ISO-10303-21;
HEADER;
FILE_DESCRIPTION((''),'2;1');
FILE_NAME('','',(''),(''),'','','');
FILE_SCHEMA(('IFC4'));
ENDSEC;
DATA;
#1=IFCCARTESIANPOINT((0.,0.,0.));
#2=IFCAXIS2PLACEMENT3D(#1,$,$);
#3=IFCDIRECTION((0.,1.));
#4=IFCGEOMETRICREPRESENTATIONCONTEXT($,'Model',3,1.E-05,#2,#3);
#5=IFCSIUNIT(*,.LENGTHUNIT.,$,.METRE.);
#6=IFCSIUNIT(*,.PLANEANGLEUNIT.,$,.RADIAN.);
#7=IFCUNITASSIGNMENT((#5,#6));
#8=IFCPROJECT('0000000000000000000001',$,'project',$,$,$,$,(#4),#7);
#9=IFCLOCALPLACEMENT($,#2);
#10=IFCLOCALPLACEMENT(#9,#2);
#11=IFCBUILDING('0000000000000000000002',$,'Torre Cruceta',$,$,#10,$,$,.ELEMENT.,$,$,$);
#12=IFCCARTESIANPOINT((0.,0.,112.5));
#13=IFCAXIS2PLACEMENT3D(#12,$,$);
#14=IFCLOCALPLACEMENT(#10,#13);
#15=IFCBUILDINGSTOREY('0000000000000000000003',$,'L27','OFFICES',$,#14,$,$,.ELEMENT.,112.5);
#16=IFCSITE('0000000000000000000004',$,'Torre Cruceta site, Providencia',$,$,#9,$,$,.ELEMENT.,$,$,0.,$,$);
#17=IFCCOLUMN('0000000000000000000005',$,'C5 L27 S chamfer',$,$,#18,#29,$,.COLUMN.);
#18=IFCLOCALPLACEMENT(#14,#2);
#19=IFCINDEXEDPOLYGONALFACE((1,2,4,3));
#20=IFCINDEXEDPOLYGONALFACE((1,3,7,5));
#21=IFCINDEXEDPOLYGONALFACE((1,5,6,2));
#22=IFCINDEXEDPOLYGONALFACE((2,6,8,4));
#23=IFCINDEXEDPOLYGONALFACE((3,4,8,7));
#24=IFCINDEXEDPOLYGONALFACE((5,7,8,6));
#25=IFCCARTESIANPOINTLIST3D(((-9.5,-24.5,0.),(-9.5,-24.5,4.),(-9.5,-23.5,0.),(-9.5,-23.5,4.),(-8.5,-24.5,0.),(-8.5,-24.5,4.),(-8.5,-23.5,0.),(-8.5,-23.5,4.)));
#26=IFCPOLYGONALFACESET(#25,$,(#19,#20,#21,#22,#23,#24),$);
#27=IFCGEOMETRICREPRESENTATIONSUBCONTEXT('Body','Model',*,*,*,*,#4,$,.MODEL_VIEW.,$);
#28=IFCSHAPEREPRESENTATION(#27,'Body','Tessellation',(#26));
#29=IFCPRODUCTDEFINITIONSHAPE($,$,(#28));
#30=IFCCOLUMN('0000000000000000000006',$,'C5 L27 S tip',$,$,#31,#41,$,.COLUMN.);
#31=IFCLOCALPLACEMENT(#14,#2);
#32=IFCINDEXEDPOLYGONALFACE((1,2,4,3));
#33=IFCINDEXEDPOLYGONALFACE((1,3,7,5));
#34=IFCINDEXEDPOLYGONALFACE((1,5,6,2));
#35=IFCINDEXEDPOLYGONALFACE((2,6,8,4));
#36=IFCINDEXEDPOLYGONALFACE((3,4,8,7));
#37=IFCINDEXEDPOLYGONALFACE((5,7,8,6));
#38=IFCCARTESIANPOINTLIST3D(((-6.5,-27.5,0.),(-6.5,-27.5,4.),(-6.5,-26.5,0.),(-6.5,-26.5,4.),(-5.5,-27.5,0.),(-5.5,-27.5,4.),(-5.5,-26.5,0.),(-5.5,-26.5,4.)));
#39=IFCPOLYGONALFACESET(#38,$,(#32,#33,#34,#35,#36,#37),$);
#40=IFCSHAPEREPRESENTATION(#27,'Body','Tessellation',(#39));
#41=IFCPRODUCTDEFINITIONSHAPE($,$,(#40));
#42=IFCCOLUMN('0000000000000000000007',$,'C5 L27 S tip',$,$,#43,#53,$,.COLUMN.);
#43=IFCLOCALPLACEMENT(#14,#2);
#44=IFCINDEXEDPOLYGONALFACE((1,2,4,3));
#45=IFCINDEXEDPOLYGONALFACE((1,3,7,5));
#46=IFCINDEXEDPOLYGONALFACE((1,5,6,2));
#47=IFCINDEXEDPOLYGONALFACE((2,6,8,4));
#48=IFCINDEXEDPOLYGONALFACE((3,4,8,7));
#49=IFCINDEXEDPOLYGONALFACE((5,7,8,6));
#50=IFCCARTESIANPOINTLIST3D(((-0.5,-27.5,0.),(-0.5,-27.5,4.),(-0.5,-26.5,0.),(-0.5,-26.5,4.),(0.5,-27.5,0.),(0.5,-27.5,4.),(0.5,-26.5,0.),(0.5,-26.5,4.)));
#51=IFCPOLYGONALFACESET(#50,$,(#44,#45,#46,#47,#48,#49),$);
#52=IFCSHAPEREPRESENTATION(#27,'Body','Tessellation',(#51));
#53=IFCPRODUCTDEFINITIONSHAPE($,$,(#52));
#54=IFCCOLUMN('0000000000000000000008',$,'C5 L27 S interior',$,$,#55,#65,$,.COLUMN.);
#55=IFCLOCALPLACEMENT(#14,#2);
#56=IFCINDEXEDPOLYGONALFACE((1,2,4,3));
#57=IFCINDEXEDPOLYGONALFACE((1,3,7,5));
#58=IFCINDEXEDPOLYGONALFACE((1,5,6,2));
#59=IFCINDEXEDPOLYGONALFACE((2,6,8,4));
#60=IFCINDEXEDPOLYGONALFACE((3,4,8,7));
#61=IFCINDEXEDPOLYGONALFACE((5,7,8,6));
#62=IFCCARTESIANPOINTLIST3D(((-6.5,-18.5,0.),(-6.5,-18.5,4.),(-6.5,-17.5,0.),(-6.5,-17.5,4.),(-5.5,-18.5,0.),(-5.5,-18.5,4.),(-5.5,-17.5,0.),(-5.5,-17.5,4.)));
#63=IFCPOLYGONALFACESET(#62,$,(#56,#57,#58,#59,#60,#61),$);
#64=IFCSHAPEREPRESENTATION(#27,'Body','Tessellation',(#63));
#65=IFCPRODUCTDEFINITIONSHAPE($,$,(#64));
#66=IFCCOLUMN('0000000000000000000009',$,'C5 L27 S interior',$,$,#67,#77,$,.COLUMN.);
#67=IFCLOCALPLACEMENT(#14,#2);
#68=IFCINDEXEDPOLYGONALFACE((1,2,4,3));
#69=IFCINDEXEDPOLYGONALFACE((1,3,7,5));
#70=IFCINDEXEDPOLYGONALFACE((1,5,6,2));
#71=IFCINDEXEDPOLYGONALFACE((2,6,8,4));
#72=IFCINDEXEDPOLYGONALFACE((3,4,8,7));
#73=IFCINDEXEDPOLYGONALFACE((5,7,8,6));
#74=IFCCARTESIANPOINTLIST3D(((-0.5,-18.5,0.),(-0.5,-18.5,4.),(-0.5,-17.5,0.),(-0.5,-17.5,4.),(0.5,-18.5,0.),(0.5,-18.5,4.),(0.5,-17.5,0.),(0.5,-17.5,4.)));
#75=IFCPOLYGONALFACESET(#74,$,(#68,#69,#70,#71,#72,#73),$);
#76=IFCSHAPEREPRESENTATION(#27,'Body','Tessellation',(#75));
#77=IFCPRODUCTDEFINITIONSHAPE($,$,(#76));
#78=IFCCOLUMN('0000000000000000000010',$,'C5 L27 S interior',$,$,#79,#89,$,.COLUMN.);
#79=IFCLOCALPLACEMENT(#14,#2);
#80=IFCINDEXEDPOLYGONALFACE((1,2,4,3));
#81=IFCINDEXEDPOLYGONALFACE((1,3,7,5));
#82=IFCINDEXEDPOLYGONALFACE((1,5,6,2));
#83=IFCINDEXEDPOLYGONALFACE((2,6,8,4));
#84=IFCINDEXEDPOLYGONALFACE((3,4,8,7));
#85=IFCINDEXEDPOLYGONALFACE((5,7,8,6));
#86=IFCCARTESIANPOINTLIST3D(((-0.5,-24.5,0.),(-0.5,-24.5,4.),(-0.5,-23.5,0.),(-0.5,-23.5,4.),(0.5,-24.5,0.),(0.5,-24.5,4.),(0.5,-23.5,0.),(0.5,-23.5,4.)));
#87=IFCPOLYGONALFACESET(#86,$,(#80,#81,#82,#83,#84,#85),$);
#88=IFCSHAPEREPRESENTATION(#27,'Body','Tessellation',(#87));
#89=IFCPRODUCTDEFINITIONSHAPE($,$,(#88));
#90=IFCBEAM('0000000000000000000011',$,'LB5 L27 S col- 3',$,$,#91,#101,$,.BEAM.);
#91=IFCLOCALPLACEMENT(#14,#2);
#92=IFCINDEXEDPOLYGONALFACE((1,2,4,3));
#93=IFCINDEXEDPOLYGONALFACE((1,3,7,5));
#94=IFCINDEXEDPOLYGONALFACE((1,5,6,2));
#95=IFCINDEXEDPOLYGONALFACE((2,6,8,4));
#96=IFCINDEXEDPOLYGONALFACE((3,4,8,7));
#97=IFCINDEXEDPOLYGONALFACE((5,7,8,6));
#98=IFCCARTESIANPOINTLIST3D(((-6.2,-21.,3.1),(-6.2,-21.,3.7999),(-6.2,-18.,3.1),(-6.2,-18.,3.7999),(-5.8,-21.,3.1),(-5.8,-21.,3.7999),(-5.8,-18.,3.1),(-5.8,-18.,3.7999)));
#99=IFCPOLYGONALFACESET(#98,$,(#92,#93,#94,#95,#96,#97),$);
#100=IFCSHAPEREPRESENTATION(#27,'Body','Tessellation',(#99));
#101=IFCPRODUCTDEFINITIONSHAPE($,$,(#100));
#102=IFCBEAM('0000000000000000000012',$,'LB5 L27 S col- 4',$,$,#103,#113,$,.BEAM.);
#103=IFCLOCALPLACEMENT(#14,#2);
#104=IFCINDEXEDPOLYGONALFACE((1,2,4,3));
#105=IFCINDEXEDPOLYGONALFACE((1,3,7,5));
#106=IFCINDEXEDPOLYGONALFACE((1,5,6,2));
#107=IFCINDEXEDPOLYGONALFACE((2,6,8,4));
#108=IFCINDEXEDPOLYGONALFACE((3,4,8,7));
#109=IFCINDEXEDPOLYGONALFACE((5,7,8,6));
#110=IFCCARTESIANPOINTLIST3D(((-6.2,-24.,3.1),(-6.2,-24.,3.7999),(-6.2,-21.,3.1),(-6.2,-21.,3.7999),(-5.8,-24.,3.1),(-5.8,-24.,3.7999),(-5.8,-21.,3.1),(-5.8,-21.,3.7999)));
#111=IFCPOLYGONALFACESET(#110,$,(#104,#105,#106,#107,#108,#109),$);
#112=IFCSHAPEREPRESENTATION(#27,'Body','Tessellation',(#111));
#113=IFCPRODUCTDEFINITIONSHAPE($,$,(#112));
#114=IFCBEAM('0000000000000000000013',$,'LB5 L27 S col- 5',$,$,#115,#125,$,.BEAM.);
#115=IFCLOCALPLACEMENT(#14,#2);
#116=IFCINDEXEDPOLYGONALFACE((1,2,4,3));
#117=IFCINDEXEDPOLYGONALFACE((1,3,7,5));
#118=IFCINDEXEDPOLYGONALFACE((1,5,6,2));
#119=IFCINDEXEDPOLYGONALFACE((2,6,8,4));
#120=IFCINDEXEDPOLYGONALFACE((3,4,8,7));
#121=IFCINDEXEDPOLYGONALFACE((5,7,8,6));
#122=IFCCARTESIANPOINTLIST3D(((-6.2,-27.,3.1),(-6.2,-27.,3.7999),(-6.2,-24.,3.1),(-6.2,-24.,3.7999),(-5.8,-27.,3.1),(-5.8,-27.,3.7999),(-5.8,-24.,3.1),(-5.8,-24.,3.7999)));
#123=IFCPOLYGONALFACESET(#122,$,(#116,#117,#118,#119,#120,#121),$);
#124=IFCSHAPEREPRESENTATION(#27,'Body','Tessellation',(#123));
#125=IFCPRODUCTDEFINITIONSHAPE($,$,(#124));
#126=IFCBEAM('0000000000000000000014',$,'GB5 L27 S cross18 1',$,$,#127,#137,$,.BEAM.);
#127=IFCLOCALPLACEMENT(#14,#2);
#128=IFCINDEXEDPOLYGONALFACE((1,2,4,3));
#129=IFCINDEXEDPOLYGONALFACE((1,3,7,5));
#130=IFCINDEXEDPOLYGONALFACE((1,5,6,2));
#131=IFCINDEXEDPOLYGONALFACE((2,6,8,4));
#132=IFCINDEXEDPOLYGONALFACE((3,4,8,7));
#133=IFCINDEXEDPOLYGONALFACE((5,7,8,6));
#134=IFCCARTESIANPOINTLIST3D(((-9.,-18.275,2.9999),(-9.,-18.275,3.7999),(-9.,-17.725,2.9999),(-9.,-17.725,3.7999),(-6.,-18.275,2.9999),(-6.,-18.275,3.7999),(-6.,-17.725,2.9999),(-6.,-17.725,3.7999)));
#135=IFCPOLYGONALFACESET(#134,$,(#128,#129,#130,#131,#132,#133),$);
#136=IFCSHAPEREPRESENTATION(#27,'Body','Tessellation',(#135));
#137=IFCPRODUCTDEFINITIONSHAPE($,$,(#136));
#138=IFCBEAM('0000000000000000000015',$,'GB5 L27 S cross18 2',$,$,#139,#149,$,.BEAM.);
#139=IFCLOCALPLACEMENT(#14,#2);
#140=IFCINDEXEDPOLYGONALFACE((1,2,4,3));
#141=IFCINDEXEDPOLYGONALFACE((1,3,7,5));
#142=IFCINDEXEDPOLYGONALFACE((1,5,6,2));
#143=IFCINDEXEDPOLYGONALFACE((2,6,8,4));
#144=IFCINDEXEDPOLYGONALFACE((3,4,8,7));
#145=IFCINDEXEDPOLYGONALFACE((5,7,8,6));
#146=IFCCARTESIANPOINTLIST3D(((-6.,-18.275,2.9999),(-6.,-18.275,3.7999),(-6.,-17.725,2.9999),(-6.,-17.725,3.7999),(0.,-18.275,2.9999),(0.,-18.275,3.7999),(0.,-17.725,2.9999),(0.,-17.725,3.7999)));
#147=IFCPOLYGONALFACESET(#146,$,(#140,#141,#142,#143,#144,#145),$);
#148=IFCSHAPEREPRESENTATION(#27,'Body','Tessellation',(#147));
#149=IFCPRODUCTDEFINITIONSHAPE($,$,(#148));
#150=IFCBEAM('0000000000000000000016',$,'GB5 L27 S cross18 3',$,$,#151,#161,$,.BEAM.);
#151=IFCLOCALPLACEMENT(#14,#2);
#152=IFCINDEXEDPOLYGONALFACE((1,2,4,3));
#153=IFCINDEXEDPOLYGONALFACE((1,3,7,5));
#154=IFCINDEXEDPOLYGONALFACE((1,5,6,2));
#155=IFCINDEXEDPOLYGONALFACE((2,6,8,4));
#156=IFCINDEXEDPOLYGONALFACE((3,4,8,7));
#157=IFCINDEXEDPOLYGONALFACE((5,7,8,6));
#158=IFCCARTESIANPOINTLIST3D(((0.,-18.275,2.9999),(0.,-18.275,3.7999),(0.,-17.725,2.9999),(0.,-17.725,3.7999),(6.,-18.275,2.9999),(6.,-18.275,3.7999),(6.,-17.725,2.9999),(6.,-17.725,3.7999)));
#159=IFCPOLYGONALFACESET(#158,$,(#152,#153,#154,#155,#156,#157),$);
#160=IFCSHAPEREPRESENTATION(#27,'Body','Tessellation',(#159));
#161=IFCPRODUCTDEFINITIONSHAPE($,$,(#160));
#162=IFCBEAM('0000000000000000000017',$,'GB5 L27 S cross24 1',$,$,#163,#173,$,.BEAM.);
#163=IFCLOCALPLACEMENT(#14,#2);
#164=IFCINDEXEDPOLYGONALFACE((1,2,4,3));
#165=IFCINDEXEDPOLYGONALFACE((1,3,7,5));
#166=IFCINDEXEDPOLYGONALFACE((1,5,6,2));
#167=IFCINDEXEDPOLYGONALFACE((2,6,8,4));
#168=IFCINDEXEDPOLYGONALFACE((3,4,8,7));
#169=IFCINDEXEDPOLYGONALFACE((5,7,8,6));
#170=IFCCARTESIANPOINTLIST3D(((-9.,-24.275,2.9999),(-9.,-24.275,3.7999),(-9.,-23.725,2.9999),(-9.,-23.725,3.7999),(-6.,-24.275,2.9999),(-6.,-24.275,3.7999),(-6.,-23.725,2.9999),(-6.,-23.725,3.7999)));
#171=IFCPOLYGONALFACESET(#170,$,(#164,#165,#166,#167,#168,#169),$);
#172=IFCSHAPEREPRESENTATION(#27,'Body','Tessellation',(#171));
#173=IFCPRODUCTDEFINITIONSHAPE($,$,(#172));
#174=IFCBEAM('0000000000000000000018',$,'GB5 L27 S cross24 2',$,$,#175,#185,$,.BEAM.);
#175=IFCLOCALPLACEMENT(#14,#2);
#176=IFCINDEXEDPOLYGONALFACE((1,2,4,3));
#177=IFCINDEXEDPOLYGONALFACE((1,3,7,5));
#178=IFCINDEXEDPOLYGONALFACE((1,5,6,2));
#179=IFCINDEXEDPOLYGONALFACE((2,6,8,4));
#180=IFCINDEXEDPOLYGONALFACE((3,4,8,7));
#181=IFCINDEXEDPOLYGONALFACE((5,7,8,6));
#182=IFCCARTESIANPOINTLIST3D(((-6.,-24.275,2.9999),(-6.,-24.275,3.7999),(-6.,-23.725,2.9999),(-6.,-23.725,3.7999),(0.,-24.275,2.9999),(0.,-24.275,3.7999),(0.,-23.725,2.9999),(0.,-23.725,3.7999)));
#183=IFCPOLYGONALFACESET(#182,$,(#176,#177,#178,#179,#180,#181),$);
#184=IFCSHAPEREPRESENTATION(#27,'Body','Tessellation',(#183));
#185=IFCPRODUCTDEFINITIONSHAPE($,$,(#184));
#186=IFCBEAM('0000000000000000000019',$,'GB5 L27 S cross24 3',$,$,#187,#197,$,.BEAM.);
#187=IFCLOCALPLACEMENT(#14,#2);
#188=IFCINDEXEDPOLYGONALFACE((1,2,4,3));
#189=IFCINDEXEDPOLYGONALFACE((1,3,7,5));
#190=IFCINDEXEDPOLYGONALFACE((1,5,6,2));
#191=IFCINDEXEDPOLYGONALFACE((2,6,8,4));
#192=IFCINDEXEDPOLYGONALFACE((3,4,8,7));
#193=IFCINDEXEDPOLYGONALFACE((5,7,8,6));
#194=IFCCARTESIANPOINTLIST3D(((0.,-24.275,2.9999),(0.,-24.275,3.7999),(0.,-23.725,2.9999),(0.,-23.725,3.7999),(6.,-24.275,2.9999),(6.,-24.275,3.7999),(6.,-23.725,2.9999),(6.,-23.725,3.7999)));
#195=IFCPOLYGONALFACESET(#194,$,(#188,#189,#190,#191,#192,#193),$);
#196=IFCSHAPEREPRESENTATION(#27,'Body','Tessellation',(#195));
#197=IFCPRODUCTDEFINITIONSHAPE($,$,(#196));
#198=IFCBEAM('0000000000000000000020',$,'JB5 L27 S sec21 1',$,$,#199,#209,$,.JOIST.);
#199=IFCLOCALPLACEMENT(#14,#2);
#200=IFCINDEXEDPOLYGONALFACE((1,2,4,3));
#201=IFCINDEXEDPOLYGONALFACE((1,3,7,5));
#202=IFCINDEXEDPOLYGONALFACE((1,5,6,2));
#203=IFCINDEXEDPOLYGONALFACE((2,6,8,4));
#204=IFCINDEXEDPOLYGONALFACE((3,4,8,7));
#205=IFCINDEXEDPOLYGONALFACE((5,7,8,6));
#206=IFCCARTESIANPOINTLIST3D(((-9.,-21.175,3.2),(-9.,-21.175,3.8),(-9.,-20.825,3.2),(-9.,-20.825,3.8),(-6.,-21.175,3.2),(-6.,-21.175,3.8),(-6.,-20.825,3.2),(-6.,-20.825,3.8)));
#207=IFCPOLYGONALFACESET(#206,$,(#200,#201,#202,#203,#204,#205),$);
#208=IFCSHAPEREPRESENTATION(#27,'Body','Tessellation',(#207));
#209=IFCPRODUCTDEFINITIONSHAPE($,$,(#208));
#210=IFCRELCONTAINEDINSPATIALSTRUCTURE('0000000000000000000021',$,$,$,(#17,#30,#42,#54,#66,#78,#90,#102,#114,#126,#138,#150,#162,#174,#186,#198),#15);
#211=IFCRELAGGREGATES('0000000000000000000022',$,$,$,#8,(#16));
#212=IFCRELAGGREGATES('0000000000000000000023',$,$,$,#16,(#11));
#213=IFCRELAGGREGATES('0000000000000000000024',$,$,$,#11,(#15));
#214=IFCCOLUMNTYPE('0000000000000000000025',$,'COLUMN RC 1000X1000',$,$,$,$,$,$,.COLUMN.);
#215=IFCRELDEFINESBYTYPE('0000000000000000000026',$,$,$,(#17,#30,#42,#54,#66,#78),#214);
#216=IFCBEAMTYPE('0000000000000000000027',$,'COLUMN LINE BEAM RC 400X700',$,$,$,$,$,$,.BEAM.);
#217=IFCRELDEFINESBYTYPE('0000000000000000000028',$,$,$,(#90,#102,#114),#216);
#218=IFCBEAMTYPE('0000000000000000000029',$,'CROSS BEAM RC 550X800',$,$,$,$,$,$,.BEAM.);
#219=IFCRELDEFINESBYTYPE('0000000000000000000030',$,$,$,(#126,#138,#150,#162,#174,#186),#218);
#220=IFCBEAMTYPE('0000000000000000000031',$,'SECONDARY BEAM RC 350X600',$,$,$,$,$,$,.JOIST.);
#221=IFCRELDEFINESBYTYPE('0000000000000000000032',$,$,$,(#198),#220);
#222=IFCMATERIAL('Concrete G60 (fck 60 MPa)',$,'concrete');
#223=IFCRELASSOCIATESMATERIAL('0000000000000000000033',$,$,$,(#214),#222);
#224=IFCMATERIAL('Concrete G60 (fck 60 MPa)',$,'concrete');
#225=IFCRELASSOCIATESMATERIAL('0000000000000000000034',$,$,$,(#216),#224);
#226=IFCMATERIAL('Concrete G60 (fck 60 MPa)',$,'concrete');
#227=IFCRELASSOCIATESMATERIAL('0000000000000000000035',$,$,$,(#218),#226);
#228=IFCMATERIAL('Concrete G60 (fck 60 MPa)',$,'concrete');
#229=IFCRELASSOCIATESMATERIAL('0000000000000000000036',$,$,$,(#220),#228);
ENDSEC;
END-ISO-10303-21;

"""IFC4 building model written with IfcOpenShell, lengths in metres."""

from ifc_helpers import new_model, si_unit, direction, frame, origin, origin_2d, place, context, subcontext, project, spatial, rectangle, extrude, material, material_profile, profile_set, type_object, element, save


model = new_model("IFC4")

# Units and contexts
model_context = context("Model", 3, precision=1e-05, world=origin(), true_north=direction((0.0, 1.0)))
body_context = subcontext(model_context, "Body", "Model", "MODEL_VIEW")
ifc_project = project(units=[si_unit("LENGTHUNIT", "METRE"), si_unit("PLANEANGLEUNIT", "RADIAN")], contexts=[model_context])

# Site, building, storey
site_placement = place(None, origin())
site = spatial("IfcSite", under=ifc_project, at=site_placement, Name="Torre Cruceta site, Providencia", CompositionType="ELEMENT", RefElevation=0.0)
building_placement = place(site_placement, origin())
building = spatial("IfcBuilding", under=site, at=building_placement, Name="Torre Cruceta", CompositionType="ELEMENT")
storey_placement = place(building_placement, frame((0.0, 0.0, 112.5)))
storey = spatial("IfcBuildingStorey", under=building, at=storey_placement, Name="L27", Description="OFFICES", CompositionType="ELEMENT", Elevation=112.5)

# Columns
ifc_material_1 = material(Name="Concrete G60 (fck 60 MPa)", Category="concrete")
ifc_material_profile_1 = material_profile(ifc_material_1, rectangle(XDim=1.0, YDim=1.0, at=origin_2d()), Name="RC 1000X1000")
ifc_profile_set_1 = profile_set([ifc_material_profile_1], Name="Concrete G60 (fck 60 MPa)")
column_type = type_object("IfcColumnType", Name="COLUMN RC 1000X1000", PredefinedType="COLUMN", material=ifc_profile_set_1)
for number, where, z_axis, x_axis, name in (
    (1, (-9.0, -24.0, 0.0), (0.0, 0.0, 1.0), (1.0, 0.0, 0.0), "C5 L27 S chamfer"),
    (2, (-6.0, -27.0, 0.0), (0.0, 0.0, 1.0), (1.0, 0.0, 0.0), "C5 L27 S tip"),
    (3, (0.0, -27.0, 0.0), (0.0, 0.0, 1.0), (1.0, 0.0, 0.0), "C5 L27 S tip"),
    (4, (-6.0, -18.0, 0.0), (0.0, 0.0, 1.0), (1.0, 0.0, 0.0), "C5 L27 S interior"),
    (5, (0.0, -18.0, 0.0), (0.0, 0.0, 1.0), (1.0, 0.0, 0.0), "C5 L27 S interior"),
    (6, (0.0, -24.0, 0.0), (0.0, 0.0, 1.0), (1.0, 0.0, 0.0), "C5 L27 S interior"),
):
    element("IfcColumn", number, at=place(storey_placement, frame(where, z_axis=z_axis, x_axis=x_axis)), inside=storey, type_object=column_type, Name=name, PredefinedType="COLUMN", context=body_context, shape_type="SweptSolid", body=[
        extrude(rectangle(XDim=1.0, YDim=1.0, at=origin_2d()), origin(), (0.0, 0.0, 1.0), 4.0),
    ])

# Beams
ifc_material_2 = material(Name="Concrete G60 (fck 60 MPa)", Category="concrete")
ifc_material_profile_2 = material_profile(ifc_material_2, rectangle(XDim=0.3999, YDim=0.7, at=origin_2d()), Name="RC 400X700")
ifc_profile_set_2 = profile_set([ifc_material_profile_2], Name="Concrete G60 (fck 60 MPa)")
beam_type_1 = type_object("IfcBeamType", Name="COLUMN LINE BEAM RC 400X700", PredefinedType="BEAM", material=ifc_profile_set_2)
for number, where, z_axis, x_axis, name in (
    (7, (-6.0, -18.0, 3.45), (0.0, -1.0, 0.0), (1.0, 0.0, 0.0), "LB5 L27 S col- 3"),
    (8, (-6.0, -21.0, 3.45), (0.0, -1.0, 0.0), (1.0, 0.0, 0.0), "LB5 L27 S col- 4"),
    (9, (-6.0, -24.0, 3.45), (0.0, -1.0, 0.0), (1.0, 0.0, 0.0), "LB5 L27 S col- 5"),
):
    element("IfcBeam", number, at=place(storey_placement, frame(where, z_axis=z_axis, x_axis=x_axis)), inside=storey, type_object=beam_type_1, Name=name, PredefinedType="BEAM", context=body_context, shape_type="SweptSolid", body=[
        extrude(rectangle(XDim=0.3999, YDim=0.7, at=origin_2d()), origin(), (0.0, 0.0, 1.0), 3.0),
    ])
ifc_material_3 = material(Name="Concrete G60 (fck 60 MPa)", Category="concrete")
ifc_material_profile_3 = material_profile(ifc_material_3, rectangle(XDim=0.55, YDim=0.8, at=origin_2d()), Name="RC 550X800")
ifc_profile_set_3 = profile_set([ifc_material_profile_3], Name="Concrete G60 (fck 60 MPa)")
beam_type_2 = type_object("IfcBeamType", Name="CROSS BEAM RC 550X800", PredefinedType="BEAM", material=ifc_profile_set_3)
beam_1_placement = place(storey_placement, frame((-9.0, -18.0, 3.3999), z_axis=(1.0, 0.0, 0.0), x_axis=(0.0, 1.0, 0.0)))
element("IfcBeam", 10, at=beam_1_placement, inside=storey, type_object=beam_type_2, Name="GB5 L27 S cross18 1", PredefinedType="BEAM", context=body_context, shape_type="SweptSolid", body=[
    extrude(rectangle(XDim=0.55, YDim=0.8, at=origin_2d()), origin(), (0.0, 0.0, 1.0), 3.0),
])
for number, where, z_axis, x_axis, name in (
    (11, (-6.0, -18.0, 3.3999), (1.0, 0.0, 0.0), (0.0, 1.0, 0.0), "GB5 L27 S cross18 2"),
    (12, (0.0, -18.0, 3.3999), (1.0, 0.0, 0.0), (0.0, 1.0, 0.0), "GB5 L27 S cross18 3"),
):
    element("IfcBeam", number, at=place(storey_placement, frame(where, z_axis=z_axis, x_axis=x_axis)), inside=storey, type_object=beam_type_2, Name=name, PredefinedType="BEAM", context=body_context, shape_type="SweptSolid", body=[
        extrude(rectangle(XDim=0.55, YDim=0.8, at=origin_2d()), origin(), (0.0, 0.0, 1.0), 6.0),
    ])
beam_2_placement = place(storey_placement, frame((-9.0, -24.0, 3.3999), z_axis=(1.0, 0.0, 0.0), x_axis=(0.0, 1.0, 0.0)))
element("IfcBeam", 13, at=beam_2_placement, inside=storey, type_object=beam_type_2, Name="GB5 L27 S cross24 1", PredefinedType="BEAM", context=body_context, shape_type="SweptSolid", body=[
    extrude(rectangle(XDim=0.55, YDim=0.8, at=origin_2d()), origin(), (0.0, 0.0, 1.0), 3.0),
])
for number, where, z_axis, x_axis, name in (
    (14, (-6.0, -24.0, 3.3999), (1.0, 0.0, 0.0), (0.0, 1.0, 0.0), "GB5 L27 S cross24 2"),
    (15, (0.0, -24.0, 3.3999), (1.0, 0.0, 0.0), (0.0, 1.0, 0.0), "GB5 L27 S cross24 3"),
):
    element("IfcBeam", number, at=place(storey_placement, frame(where, z_axis=z_axis, x_axis=x_axis)), inside=storey, type_object=beam_type_2, Name=name, PredefinedType="BEAM", context=body_context, shape_type="SweptSolid", body=[
        extrude(rectangle(XDim=0.55, YDim=0.8, at=origin_2d()), origin(), (0.0, 0.0, 1.0), 6.0),
    ])
ifc_material_4 = material(Name="Concrete G60 (fck 60 MPa)", Category="concrete")
ifc_material_profile_4 = material_profile(ifc_material_4, rectangle(XDim=0.3501, YDim=0.6001, at=origin_2d()), Name="RC 350X600")
ifc_profile_set_4 = profile_set([ifc_material_profile_4], Name="Concrete G60 (fck 60 MPa)")
beam_type_3 = type_object("IfcBeamType", Name="SECONDARY BEAM RC 350X600", PredefinedType="JOIST", material=ifc_profile_set_4)
beam_3_placement = place(storey_placement, frame((-9.0, -21.0, 3.5), z_axis=(1.0, 0.0, 0.0), x_axis=(0.0, 1.0, 0.0)))
element("IfcBeam", 16, at=beam_3_placement, inside=storey, type_object=beam_type_3, Name="JB5 L27 S sec21 1", PredefinedType="JOIST", context=body_context, shape_type="SweptSolid", body=[
    extrude(rectangle(XDim=0.3501, YDim=0.6001, at=origin_2d()), origin(), (0.0, 0.0, 1.0), 3.0),
])

save(model, "model.ifc")
